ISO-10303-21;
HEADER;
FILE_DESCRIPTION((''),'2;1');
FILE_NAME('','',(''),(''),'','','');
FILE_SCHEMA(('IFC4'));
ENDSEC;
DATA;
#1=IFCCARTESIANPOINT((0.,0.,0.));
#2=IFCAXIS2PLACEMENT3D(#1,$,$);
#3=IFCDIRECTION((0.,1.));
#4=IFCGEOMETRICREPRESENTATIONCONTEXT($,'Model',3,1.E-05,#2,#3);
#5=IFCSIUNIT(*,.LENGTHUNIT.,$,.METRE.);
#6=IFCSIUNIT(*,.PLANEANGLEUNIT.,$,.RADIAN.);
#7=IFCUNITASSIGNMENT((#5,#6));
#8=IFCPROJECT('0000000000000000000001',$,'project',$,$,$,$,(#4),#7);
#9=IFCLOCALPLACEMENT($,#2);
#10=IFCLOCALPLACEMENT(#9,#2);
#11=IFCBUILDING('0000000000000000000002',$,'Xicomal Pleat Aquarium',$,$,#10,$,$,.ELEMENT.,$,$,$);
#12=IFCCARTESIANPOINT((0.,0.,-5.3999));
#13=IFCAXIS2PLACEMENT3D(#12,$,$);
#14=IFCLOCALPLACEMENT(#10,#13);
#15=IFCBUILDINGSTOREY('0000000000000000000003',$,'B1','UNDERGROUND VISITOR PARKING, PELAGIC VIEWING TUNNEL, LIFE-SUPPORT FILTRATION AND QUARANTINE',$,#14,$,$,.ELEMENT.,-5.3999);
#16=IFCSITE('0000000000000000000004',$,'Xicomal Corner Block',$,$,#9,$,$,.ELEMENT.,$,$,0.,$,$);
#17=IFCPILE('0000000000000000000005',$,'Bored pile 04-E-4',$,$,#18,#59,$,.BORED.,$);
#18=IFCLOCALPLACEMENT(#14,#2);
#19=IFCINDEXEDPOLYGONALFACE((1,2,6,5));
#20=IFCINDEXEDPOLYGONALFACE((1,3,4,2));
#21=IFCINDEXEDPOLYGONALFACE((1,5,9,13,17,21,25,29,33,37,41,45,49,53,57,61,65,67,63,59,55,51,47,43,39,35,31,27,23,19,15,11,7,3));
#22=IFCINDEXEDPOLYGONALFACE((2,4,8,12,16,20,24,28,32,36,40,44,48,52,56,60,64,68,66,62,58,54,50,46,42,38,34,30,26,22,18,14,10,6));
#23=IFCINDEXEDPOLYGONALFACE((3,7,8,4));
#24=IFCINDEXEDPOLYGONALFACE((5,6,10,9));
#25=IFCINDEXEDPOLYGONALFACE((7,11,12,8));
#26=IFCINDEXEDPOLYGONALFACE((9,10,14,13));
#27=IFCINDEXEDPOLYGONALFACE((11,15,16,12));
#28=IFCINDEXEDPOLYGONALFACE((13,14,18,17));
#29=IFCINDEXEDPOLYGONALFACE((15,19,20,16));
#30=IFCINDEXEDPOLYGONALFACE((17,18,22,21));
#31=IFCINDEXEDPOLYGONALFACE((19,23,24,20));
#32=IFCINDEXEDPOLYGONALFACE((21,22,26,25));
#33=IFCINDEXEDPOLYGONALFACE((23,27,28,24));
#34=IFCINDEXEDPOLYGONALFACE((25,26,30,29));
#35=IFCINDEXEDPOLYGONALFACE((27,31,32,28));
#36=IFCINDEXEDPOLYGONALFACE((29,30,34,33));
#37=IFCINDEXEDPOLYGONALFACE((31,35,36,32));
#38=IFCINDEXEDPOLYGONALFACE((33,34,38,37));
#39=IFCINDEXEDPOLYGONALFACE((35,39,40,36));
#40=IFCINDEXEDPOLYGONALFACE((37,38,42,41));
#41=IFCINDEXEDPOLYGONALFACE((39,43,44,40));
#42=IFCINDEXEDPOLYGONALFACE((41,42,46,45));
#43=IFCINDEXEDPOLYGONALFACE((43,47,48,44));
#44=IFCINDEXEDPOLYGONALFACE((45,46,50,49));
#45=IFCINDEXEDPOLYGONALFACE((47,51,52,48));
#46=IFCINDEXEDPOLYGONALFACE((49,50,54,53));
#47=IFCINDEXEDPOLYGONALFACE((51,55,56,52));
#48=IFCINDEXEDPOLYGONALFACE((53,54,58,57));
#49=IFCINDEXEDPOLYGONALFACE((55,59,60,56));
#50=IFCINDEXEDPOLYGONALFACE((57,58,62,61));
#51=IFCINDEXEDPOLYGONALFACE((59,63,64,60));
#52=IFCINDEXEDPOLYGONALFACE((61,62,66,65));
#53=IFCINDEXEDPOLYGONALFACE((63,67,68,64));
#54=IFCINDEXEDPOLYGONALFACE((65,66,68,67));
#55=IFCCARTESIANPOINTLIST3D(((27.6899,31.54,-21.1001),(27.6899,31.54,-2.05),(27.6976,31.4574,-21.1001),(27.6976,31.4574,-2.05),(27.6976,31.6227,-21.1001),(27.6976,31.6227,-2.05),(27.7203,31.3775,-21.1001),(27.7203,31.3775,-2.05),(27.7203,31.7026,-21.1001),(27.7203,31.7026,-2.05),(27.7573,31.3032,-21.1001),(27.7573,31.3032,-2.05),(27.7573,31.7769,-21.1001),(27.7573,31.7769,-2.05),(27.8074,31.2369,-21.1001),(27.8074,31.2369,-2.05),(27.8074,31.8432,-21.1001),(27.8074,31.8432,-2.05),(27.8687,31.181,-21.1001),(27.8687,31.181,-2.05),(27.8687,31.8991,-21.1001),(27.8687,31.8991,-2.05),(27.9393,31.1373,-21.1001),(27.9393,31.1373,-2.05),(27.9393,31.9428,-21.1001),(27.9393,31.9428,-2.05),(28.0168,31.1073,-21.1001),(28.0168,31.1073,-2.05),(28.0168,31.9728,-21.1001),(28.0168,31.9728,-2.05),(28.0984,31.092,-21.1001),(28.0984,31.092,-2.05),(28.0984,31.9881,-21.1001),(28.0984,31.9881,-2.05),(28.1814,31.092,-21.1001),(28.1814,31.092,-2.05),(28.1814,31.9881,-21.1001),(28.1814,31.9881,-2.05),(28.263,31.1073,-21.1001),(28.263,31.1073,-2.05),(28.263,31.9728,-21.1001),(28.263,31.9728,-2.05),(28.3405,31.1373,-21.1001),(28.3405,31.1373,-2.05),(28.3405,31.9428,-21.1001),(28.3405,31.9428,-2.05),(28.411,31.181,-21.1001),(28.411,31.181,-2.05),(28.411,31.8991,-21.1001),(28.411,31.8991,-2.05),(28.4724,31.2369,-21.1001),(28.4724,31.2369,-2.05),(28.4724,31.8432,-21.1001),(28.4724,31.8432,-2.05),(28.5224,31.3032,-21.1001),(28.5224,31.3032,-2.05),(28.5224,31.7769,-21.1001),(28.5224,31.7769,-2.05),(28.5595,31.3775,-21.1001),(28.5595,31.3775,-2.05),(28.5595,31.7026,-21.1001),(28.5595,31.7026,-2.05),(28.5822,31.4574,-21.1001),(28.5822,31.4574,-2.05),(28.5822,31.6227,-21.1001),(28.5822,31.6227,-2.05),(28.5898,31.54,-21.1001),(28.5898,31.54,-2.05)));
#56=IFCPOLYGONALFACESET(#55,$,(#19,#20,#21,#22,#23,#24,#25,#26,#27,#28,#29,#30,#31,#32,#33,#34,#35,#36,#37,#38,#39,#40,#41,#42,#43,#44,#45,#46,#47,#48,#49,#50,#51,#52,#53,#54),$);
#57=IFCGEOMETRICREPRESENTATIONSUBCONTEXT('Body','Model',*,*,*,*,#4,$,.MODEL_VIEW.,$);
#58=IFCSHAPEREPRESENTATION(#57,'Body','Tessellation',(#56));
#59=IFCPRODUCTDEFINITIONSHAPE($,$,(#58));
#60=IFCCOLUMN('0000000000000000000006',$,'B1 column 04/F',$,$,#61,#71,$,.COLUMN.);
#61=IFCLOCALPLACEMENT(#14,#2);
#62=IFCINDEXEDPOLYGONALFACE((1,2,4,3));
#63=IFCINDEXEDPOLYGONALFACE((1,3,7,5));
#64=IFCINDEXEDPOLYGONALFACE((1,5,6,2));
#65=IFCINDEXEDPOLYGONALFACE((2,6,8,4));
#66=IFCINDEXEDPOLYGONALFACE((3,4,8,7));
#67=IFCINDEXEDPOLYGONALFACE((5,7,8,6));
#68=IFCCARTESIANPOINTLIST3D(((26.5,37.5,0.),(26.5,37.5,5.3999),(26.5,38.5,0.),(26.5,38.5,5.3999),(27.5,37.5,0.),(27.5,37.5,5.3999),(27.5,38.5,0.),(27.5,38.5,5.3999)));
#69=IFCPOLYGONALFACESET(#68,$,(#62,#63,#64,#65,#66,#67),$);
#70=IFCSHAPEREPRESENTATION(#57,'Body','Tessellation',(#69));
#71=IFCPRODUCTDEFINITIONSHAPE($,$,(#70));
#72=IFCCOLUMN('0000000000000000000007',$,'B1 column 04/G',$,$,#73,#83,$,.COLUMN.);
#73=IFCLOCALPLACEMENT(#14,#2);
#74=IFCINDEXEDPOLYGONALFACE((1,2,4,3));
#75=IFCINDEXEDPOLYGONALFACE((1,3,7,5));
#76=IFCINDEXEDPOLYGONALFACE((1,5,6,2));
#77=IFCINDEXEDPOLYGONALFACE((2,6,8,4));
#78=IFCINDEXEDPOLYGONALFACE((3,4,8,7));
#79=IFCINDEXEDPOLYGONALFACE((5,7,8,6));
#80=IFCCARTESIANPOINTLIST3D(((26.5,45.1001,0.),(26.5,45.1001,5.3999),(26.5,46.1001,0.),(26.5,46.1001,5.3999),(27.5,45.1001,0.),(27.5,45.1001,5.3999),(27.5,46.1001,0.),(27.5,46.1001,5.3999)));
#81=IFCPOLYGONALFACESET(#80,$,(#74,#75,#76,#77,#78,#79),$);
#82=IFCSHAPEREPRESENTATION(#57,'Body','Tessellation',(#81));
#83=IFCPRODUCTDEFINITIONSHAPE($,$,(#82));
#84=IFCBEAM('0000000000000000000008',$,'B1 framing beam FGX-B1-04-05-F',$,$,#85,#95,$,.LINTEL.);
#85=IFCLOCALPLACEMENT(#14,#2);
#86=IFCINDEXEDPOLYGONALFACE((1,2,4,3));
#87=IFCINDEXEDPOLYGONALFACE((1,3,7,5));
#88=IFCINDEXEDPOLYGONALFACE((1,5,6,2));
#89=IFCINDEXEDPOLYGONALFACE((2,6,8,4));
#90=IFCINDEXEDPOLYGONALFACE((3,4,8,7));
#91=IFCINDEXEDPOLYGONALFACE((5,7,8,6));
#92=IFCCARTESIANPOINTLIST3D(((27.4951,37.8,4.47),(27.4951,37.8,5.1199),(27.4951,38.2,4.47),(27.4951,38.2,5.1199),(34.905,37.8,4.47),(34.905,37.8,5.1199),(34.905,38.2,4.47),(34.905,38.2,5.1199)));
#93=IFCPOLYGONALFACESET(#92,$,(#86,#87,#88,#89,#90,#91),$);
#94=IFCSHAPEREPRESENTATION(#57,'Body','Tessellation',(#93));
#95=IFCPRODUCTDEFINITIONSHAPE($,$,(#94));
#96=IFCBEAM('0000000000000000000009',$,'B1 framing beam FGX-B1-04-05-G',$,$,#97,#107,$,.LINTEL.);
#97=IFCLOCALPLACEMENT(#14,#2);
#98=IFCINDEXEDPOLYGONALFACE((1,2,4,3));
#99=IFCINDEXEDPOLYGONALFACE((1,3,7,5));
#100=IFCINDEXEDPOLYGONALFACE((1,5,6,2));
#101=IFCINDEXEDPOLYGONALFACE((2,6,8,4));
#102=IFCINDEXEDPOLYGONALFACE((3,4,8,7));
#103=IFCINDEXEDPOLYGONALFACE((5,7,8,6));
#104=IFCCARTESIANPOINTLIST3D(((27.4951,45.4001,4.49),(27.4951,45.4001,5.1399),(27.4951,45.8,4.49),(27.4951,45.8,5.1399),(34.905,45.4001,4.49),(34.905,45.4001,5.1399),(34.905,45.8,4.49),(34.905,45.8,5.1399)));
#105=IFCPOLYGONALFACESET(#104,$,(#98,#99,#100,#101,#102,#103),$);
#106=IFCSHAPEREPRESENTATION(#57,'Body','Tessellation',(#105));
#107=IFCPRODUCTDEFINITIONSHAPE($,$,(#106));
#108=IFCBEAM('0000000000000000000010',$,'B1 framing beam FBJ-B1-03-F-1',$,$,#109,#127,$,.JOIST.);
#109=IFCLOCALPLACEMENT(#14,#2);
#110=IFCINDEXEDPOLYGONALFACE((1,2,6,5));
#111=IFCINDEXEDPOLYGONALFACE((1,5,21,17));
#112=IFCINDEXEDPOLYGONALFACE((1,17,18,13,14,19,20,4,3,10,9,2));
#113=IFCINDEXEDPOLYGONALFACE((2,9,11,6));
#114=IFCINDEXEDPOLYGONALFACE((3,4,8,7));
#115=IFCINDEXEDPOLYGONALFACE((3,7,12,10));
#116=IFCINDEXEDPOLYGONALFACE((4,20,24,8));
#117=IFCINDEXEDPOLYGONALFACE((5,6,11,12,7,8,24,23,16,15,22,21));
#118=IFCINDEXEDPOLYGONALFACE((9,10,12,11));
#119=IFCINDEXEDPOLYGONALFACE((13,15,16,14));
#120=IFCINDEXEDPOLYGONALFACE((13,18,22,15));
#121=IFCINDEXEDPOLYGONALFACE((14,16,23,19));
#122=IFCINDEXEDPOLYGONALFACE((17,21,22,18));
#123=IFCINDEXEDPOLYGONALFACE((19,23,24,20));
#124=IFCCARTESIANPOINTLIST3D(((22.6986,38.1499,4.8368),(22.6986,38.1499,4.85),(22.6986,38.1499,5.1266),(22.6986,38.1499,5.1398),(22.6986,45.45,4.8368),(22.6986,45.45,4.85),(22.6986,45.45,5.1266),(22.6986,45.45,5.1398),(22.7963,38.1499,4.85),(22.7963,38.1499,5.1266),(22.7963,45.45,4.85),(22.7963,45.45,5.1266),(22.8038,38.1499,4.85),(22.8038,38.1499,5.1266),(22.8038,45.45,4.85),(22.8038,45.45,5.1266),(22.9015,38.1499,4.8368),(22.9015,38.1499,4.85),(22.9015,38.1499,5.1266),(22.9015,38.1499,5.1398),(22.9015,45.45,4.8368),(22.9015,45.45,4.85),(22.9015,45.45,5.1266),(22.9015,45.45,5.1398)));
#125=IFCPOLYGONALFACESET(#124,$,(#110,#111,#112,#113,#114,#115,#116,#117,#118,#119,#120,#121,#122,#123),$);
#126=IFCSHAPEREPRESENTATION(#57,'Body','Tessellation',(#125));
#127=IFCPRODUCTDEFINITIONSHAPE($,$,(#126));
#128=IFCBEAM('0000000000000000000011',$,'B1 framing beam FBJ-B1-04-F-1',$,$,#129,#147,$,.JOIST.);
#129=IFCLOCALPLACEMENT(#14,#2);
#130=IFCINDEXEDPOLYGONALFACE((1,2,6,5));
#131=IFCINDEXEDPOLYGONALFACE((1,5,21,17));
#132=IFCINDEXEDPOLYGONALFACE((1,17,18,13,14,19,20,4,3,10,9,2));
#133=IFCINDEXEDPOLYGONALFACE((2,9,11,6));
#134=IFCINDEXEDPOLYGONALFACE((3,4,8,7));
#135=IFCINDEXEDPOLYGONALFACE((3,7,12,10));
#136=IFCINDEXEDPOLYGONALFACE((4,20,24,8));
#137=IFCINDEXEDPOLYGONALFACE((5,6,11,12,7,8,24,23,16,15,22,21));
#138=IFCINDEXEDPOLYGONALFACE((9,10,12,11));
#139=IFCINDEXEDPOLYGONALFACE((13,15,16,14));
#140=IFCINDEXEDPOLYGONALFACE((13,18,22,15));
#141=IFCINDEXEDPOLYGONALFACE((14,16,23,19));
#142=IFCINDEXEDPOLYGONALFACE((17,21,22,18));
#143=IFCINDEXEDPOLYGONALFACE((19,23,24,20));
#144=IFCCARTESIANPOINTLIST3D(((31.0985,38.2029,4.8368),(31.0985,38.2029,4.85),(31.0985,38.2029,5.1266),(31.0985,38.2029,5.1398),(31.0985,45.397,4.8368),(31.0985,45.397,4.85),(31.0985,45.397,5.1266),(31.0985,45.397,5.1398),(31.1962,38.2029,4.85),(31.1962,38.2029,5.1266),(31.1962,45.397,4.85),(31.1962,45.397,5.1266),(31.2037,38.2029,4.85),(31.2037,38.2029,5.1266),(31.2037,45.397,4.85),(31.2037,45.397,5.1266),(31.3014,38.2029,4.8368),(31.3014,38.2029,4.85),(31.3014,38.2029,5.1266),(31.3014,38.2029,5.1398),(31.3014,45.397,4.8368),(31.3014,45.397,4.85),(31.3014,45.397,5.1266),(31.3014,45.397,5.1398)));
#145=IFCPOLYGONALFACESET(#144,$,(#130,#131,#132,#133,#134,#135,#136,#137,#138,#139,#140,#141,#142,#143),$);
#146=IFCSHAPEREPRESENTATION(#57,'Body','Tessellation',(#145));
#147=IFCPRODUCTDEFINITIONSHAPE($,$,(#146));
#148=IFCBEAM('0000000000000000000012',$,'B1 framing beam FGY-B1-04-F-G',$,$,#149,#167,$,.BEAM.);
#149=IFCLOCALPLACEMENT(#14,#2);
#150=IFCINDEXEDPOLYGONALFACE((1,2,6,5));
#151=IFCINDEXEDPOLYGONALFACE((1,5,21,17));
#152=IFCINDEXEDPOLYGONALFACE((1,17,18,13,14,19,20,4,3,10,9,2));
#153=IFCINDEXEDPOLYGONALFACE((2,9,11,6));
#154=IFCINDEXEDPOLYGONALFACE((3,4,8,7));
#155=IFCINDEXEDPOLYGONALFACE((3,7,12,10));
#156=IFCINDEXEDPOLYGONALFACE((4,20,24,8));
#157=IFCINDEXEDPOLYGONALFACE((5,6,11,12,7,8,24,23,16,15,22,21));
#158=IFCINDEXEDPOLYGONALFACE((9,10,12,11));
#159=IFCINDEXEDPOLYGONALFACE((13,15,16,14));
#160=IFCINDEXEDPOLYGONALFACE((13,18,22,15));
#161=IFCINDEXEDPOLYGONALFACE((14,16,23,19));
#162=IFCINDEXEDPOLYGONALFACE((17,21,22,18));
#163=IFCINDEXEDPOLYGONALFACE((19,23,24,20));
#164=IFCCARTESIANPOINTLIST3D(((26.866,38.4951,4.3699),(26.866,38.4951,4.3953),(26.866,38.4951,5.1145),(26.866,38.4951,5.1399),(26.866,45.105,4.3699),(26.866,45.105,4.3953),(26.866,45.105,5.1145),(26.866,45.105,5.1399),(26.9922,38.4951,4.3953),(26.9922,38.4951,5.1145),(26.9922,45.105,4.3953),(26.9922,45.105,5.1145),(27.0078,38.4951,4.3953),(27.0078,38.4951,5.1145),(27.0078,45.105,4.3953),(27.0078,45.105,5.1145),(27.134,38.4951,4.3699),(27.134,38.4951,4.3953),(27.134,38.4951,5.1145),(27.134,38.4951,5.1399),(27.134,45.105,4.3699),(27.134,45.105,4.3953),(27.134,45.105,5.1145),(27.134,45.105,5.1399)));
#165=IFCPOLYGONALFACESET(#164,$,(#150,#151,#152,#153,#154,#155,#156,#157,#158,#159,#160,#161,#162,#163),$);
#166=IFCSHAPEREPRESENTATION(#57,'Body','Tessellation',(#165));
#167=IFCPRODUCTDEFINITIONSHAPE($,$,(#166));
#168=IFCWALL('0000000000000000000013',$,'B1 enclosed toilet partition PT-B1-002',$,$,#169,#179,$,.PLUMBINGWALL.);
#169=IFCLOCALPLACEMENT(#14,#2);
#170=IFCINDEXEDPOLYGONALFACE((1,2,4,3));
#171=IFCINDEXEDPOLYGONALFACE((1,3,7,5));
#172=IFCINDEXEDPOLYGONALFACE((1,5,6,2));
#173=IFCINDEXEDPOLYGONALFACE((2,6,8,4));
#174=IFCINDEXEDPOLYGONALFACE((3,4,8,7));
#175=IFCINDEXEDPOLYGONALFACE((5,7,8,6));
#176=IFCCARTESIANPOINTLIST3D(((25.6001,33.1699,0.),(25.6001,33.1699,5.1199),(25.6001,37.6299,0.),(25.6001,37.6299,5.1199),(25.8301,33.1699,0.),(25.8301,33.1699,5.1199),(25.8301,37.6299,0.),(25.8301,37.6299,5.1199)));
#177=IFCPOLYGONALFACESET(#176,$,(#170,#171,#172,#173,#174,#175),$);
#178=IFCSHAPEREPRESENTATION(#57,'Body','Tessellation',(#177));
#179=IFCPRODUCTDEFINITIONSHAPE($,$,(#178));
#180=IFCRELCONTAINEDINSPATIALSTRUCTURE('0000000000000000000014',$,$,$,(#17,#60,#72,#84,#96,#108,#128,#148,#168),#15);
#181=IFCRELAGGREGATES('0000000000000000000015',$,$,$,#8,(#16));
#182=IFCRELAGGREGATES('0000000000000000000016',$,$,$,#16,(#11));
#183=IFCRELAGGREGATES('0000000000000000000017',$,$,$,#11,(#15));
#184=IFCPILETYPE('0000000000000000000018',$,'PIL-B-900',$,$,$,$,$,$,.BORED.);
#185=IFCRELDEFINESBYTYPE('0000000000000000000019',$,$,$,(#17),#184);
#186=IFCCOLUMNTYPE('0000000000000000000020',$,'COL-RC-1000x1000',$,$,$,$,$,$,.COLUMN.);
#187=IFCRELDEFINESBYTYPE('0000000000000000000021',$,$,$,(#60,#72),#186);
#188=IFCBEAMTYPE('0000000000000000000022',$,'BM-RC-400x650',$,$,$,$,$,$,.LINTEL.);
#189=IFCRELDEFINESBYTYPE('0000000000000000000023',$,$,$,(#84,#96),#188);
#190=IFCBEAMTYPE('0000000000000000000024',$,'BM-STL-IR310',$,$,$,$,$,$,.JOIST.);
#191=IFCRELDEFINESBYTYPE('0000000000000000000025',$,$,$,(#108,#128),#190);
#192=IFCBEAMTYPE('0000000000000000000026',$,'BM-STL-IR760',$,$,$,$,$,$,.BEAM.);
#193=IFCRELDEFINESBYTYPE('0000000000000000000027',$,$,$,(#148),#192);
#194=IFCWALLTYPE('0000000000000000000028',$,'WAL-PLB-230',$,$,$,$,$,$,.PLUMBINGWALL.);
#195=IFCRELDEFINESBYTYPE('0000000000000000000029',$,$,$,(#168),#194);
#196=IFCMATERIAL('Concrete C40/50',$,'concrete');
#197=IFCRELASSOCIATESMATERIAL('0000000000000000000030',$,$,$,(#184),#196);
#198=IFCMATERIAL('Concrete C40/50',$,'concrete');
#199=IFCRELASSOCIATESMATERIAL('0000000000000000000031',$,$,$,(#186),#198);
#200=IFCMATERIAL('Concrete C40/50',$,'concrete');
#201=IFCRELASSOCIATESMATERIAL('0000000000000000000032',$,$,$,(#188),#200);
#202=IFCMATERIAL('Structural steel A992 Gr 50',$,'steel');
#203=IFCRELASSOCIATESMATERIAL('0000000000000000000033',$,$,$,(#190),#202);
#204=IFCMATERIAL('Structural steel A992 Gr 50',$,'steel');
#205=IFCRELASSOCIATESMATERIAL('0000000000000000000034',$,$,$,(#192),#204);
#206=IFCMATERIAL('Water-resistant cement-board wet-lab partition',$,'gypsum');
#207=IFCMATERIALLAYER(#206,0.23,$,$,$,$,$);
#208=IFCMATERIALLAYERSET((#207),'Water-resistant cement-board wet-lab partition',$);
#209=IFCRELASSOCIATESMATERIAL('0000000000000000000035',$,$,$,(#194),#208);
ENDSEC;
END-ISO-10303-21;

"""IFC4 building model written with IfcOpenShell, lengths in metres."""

from ifc_helpers import new_model, si_unit, direction, frame, frame_2d, origin, origin_2d, place, context, subcontext, project, spatial, rectangle, circle, i_section, extrude, material, layer, layer_set, material_profile, profile_set, type_object, element, save


model = new_model("IFC4")

# Units and contexts
model_context = context("Model", 3, precision=1e-05, world=origin(), true_north=direction((0.0, 1.0)))
body_context = subcontext(model_context, "Body", "Model", "MODEL_VIEW")
ifc_project = project(units=[si_unit("LENGTHUNIT", "METRE"), si_unit("PLANEANGLEUNIT", "RADIAN")], contexts=[model_context])

# Site, building, storey
site_placement = place(None, origin())
site = spatial("IfcSite", under=ifc_project, at=site_placement, Name="Xicomal Corner Block", CompositionType="ELEMENT", RefElevation=0.0)
building_placement = place(site_placement, origin())
building = spatial("IfcBuilding", under=site, at=building_placement, Name="Xicomal Pleat Aquarium", CompositionType="ELEMENT")
storey_placement = place(building_placement, frame((0.0, 0.0, -5.3999)))
storey = spatial("IfcBuildingStorey", under=building, at=storey_placement, Name="B1", Description="UNDERGROUND VISITOR PARKING, PELAGIC VIEWING TUNNEL, LIFE-SUPPORT FILTRATION AND QUARANTINE", CompositionType="ELEMENT", Elevation=-5.3999)

# Pile
ifc_material_1 = material(Name="Concrete C40/50", Category="concrete")
ifc_material_profile_1 = material_profile(ifc_material_1, circle(Radius=0.45, at=origin_2d()), Name="BORED PILE D900")
ifc_profile_set_1 = profile_set([ifc_material_profile_1], Name="Concrete C40/50")
pile_type_1 = type_object("IfcPileType", Name="PIL-B-900", PredefinedType="BORED", material=ifc_profile_set_1)
for number, where, z_axis, x_axis, name in (
    (1, (28.1399, 31.54, -2.05), (0.0, 0.0, -1.0), (1.0, 0.0, 0.0), "Bored pile 04-E-4"),
):
    element("IfcPile", number, at=place(storey_placement, frame(where, z_axis=z_axis, x_axis=x_axis)), inside=storey, type_object=pile_type_1, Name=name, PredefinedType="BORED", context=body_context, shape_type="SweptSolid", body=[
        extrude(circle(Radius=0.45, at=origin_2d()), origin(), (0.0, 0.0, 1.0), 19.05),
    ])

# Columns
ifc_material_2 = material(Name="Concrete C40/50", Category="concrete")
ifc_material_profile_2 = material_profile(ifc_material_2, rectangle(XDim=1.0, YDim=1.0, at=origin_2d()), Name="RC 1000x1000")
ifc_profile_set_2 = profile_set([ifc_material_profile_2], Name="Concrete C40/50")
column_type = type_object("IfcColumnType", Name="COL-RC-1000x1000", PredefinedType="COLUMN", material=ifc_profile_set_2)
for number, where, z_axis, x_axis, name in (
    (2, (27.0, 38.0, 0.0), (0.0, 0.0, 1.0), (1.0, 0.0, 0.0), "B1 column 04/F"),
    (3, (27.0, 45.6001, 0.0), (0.0, 0.0, 1.0), (1.0, 0.0, 0.0), "B1 column 04/G"),
):
    element("IfcColumn", number, at=place(storey_placement, frame(where, z_axis=z_axis, x_axis=x_axis)), inside=storey, type_object=column_type, Name=name, PredefinedType="COLUMN", context=body_context, shape_type="SweptSolid", body=[
        extrude(rectangle(XDim=1.0, YDim=1.0, at=origin_2d()), origin(), (0.0, 0.0, 1.0), 5.3999),
    ])

# Beams
ifc_material_3 = material(Name="Concrete C40/50", Category="concrete")
ifc_material_profile_3 = material_profile(ifc_material_3, rectangle(XDim=0.3999, YDim=0.6499, at=origin_2d()), Name="RC 400x650")
ifc_profile_set_3 = profile_set([ifc_material_profile_3], Name="Concrete C40/50")
beam_type_1 = type_object("IfcBeamType", Name="BM-RC-400x650", PredefinedType="LINTEL", material=ifc_profile_set_3)
for number, where, z_axis, x_axis, name in (
    (4, (27.4951, 38.0, 4.7949), (1.0, 0.0, 0.0), (0.0, 1.0, 0.0), "B1 framing beam FGX-B1-04-05-F"),
    (5, (27.4951, 45.6001, 4.8149), (1.0, 0.0, 0.0), (0.0, 1.0, 0.0), "B1 framing beam FGX-B1-04-05-G"),
):
    element("IfcBeam", number, at=place(storey_placement, frame(where, z_axis=z_axis, x_axis=x_axis)), inside=storey, type_object=beam_type_1, Name=name, PredefinedType="LINTEL", context=body_context, shape_type="SweptSolid", body=[
        extrude(rectangle(XDim=0.3999, YDim=0.6499, at=origin_2d()), origin(), (0.0, 0.0, 1.0), 7.4099),
    ])
ifc_material_4 = material(Name="Structural steel A992 Gr 50", Category="steel")
ifc_material_profile_4 = material_profile(ifc_material_4, i_section(OverallWidth=0.2029, OverallDepth=0.303, WebThickness=0.0076, FlangeThickness=0.0132, at=origin_2d()), Name="IR 310x60")
ifc_profile_set_4 = profile_set([ifc_material_profile_4], Name="Structural steel A992 Gr 50")
beam_type_2 = type_object("IfcBeamType", Name="BM-STL-IR310", PredefinedType="JOIST", material=ifc_profile_set_4)
beam_1_placement = place(storey_placement, frame((22.8, 38.1499, 4.9883), z_axis=(0.0, 1.0, 0.0), x_axis=(-1.0, 0.0, 0.0)))
element("IfcBeam", 6, at=beam_1_placement, inside=storey, type_object=beam_type_2, Name="B1 framing beam FBJ-B1-03-F-1", PredefinedType="JOIST", context=body_context, shape_type="SweptSolid", body=[
    extrude(i_section(OverallWidth=0.2029, OverallDepth=0.303, WebThickness=0.0076, FlangeThickness=0.0132, at=origin_2d()), origin(), (0.0, 0.0, 1.0), 7.3),
])
beam_2_placement = place(storey_placement, frame((31.2, 38.2029, 4.9883), z_axis=(0.0, 1.0, 0.0), x_axis=(-1.0, 0.0, 0.0)))
element("IfcBeam", 7, at=beam_2_placement, inside=storey, type_object=beam_type_2, Name="B1 framing beam FBJ-B1-04-F-1", PredefinedType="JOIST", context=body_context, shape_type="SweptSolid", body=[
    extrude(i_section(OverallWidth=0.2029, OverallDepth=0.303, WebThickness=0.0076, FlangeThickness=0.0132, at=origin_2d()), origin(), (0.0, 0.0, 1.0), 7.1941),
])
ifc_material_5 = material(Name="Structural steel A992 Gr 50", Category="steel")
ifc_material_profile_5 = material_profile(ifc_material_5, i_section(OverallWidth=0.2681, OverallDepth=0.77, WebThickness=0.0156, FlangeThickness=0.0254, at=origin_2d()), Name="IR 760x196")
ifc_profile_set_5 = profile_set([ifc_material_profile_5], Name="Structural steel A992 Gr 50")
beam_type_3 = type_object("IfcBeamType", Name="BM-STL-IR760", PredefinedType="BEAM", material=ifc_profile_set_5)
beam_3_placement = place(storey_placement, frame((27.0, 38.4951, 4.7549), z_axis=(0.0, 1.0, 0.0), x_axis=(-1.0, 0.0, 0.0)))
element("IfcBeam", 8, at=beam_3_placement, inside=storey, type_object=beam_type_3, Name="B1 framing beam FGY-B1-04-F-G", PredefinedType="BEAM", context=body_context, shape_type="SweptSolid", body=[
    extrude(i_section(OverallWidth=0.2681, OverallDepth=0.77, WebThickness=0.0156, FlangeThickness=0.0254, at=origin_2d()), origin(), (0.0, 0.0, 1.0), 6.6099),
])

# Wall
ifc_material_6 = material(Name="Water-resistant cement-board wet-lab partition", Category="gypsum")
ifc_layer = layer(ifc_material_6, 0.23)
ifc_layer_set = layer_set([ifc_layer], Name="Water-resistant cement-board wet-lab partition")
wall_type = type_object("IfcWallType", Name="WAL-PLB-230", PredefinedType="PLUMBINGWALL", material=ifc_layer_set)
wall_1_placement = place(storey_placement, frame((25.7151, 33.1699, 0.0), z_axis=(0.0, 0.0, 1.0), x_axis=(0.0, 1.0, 0.0)))
element("IfcWall", 9, at=wall_1_placement, inside=storey, type_object=wall_type, Name="B1 enclosed toilet partition PT-B1-002", PredefinedType="PLUMBINGWALL", context=body_context, shape_type="SweptSolid", body=[
    extrude(rectangle(XDim=4.46, YDim=0.23, at=frame_2d((2.23, 0.0))), origin(), (0.0, 0.0, 1.0), 5.1199),
])

save(model, "model.ifc")
